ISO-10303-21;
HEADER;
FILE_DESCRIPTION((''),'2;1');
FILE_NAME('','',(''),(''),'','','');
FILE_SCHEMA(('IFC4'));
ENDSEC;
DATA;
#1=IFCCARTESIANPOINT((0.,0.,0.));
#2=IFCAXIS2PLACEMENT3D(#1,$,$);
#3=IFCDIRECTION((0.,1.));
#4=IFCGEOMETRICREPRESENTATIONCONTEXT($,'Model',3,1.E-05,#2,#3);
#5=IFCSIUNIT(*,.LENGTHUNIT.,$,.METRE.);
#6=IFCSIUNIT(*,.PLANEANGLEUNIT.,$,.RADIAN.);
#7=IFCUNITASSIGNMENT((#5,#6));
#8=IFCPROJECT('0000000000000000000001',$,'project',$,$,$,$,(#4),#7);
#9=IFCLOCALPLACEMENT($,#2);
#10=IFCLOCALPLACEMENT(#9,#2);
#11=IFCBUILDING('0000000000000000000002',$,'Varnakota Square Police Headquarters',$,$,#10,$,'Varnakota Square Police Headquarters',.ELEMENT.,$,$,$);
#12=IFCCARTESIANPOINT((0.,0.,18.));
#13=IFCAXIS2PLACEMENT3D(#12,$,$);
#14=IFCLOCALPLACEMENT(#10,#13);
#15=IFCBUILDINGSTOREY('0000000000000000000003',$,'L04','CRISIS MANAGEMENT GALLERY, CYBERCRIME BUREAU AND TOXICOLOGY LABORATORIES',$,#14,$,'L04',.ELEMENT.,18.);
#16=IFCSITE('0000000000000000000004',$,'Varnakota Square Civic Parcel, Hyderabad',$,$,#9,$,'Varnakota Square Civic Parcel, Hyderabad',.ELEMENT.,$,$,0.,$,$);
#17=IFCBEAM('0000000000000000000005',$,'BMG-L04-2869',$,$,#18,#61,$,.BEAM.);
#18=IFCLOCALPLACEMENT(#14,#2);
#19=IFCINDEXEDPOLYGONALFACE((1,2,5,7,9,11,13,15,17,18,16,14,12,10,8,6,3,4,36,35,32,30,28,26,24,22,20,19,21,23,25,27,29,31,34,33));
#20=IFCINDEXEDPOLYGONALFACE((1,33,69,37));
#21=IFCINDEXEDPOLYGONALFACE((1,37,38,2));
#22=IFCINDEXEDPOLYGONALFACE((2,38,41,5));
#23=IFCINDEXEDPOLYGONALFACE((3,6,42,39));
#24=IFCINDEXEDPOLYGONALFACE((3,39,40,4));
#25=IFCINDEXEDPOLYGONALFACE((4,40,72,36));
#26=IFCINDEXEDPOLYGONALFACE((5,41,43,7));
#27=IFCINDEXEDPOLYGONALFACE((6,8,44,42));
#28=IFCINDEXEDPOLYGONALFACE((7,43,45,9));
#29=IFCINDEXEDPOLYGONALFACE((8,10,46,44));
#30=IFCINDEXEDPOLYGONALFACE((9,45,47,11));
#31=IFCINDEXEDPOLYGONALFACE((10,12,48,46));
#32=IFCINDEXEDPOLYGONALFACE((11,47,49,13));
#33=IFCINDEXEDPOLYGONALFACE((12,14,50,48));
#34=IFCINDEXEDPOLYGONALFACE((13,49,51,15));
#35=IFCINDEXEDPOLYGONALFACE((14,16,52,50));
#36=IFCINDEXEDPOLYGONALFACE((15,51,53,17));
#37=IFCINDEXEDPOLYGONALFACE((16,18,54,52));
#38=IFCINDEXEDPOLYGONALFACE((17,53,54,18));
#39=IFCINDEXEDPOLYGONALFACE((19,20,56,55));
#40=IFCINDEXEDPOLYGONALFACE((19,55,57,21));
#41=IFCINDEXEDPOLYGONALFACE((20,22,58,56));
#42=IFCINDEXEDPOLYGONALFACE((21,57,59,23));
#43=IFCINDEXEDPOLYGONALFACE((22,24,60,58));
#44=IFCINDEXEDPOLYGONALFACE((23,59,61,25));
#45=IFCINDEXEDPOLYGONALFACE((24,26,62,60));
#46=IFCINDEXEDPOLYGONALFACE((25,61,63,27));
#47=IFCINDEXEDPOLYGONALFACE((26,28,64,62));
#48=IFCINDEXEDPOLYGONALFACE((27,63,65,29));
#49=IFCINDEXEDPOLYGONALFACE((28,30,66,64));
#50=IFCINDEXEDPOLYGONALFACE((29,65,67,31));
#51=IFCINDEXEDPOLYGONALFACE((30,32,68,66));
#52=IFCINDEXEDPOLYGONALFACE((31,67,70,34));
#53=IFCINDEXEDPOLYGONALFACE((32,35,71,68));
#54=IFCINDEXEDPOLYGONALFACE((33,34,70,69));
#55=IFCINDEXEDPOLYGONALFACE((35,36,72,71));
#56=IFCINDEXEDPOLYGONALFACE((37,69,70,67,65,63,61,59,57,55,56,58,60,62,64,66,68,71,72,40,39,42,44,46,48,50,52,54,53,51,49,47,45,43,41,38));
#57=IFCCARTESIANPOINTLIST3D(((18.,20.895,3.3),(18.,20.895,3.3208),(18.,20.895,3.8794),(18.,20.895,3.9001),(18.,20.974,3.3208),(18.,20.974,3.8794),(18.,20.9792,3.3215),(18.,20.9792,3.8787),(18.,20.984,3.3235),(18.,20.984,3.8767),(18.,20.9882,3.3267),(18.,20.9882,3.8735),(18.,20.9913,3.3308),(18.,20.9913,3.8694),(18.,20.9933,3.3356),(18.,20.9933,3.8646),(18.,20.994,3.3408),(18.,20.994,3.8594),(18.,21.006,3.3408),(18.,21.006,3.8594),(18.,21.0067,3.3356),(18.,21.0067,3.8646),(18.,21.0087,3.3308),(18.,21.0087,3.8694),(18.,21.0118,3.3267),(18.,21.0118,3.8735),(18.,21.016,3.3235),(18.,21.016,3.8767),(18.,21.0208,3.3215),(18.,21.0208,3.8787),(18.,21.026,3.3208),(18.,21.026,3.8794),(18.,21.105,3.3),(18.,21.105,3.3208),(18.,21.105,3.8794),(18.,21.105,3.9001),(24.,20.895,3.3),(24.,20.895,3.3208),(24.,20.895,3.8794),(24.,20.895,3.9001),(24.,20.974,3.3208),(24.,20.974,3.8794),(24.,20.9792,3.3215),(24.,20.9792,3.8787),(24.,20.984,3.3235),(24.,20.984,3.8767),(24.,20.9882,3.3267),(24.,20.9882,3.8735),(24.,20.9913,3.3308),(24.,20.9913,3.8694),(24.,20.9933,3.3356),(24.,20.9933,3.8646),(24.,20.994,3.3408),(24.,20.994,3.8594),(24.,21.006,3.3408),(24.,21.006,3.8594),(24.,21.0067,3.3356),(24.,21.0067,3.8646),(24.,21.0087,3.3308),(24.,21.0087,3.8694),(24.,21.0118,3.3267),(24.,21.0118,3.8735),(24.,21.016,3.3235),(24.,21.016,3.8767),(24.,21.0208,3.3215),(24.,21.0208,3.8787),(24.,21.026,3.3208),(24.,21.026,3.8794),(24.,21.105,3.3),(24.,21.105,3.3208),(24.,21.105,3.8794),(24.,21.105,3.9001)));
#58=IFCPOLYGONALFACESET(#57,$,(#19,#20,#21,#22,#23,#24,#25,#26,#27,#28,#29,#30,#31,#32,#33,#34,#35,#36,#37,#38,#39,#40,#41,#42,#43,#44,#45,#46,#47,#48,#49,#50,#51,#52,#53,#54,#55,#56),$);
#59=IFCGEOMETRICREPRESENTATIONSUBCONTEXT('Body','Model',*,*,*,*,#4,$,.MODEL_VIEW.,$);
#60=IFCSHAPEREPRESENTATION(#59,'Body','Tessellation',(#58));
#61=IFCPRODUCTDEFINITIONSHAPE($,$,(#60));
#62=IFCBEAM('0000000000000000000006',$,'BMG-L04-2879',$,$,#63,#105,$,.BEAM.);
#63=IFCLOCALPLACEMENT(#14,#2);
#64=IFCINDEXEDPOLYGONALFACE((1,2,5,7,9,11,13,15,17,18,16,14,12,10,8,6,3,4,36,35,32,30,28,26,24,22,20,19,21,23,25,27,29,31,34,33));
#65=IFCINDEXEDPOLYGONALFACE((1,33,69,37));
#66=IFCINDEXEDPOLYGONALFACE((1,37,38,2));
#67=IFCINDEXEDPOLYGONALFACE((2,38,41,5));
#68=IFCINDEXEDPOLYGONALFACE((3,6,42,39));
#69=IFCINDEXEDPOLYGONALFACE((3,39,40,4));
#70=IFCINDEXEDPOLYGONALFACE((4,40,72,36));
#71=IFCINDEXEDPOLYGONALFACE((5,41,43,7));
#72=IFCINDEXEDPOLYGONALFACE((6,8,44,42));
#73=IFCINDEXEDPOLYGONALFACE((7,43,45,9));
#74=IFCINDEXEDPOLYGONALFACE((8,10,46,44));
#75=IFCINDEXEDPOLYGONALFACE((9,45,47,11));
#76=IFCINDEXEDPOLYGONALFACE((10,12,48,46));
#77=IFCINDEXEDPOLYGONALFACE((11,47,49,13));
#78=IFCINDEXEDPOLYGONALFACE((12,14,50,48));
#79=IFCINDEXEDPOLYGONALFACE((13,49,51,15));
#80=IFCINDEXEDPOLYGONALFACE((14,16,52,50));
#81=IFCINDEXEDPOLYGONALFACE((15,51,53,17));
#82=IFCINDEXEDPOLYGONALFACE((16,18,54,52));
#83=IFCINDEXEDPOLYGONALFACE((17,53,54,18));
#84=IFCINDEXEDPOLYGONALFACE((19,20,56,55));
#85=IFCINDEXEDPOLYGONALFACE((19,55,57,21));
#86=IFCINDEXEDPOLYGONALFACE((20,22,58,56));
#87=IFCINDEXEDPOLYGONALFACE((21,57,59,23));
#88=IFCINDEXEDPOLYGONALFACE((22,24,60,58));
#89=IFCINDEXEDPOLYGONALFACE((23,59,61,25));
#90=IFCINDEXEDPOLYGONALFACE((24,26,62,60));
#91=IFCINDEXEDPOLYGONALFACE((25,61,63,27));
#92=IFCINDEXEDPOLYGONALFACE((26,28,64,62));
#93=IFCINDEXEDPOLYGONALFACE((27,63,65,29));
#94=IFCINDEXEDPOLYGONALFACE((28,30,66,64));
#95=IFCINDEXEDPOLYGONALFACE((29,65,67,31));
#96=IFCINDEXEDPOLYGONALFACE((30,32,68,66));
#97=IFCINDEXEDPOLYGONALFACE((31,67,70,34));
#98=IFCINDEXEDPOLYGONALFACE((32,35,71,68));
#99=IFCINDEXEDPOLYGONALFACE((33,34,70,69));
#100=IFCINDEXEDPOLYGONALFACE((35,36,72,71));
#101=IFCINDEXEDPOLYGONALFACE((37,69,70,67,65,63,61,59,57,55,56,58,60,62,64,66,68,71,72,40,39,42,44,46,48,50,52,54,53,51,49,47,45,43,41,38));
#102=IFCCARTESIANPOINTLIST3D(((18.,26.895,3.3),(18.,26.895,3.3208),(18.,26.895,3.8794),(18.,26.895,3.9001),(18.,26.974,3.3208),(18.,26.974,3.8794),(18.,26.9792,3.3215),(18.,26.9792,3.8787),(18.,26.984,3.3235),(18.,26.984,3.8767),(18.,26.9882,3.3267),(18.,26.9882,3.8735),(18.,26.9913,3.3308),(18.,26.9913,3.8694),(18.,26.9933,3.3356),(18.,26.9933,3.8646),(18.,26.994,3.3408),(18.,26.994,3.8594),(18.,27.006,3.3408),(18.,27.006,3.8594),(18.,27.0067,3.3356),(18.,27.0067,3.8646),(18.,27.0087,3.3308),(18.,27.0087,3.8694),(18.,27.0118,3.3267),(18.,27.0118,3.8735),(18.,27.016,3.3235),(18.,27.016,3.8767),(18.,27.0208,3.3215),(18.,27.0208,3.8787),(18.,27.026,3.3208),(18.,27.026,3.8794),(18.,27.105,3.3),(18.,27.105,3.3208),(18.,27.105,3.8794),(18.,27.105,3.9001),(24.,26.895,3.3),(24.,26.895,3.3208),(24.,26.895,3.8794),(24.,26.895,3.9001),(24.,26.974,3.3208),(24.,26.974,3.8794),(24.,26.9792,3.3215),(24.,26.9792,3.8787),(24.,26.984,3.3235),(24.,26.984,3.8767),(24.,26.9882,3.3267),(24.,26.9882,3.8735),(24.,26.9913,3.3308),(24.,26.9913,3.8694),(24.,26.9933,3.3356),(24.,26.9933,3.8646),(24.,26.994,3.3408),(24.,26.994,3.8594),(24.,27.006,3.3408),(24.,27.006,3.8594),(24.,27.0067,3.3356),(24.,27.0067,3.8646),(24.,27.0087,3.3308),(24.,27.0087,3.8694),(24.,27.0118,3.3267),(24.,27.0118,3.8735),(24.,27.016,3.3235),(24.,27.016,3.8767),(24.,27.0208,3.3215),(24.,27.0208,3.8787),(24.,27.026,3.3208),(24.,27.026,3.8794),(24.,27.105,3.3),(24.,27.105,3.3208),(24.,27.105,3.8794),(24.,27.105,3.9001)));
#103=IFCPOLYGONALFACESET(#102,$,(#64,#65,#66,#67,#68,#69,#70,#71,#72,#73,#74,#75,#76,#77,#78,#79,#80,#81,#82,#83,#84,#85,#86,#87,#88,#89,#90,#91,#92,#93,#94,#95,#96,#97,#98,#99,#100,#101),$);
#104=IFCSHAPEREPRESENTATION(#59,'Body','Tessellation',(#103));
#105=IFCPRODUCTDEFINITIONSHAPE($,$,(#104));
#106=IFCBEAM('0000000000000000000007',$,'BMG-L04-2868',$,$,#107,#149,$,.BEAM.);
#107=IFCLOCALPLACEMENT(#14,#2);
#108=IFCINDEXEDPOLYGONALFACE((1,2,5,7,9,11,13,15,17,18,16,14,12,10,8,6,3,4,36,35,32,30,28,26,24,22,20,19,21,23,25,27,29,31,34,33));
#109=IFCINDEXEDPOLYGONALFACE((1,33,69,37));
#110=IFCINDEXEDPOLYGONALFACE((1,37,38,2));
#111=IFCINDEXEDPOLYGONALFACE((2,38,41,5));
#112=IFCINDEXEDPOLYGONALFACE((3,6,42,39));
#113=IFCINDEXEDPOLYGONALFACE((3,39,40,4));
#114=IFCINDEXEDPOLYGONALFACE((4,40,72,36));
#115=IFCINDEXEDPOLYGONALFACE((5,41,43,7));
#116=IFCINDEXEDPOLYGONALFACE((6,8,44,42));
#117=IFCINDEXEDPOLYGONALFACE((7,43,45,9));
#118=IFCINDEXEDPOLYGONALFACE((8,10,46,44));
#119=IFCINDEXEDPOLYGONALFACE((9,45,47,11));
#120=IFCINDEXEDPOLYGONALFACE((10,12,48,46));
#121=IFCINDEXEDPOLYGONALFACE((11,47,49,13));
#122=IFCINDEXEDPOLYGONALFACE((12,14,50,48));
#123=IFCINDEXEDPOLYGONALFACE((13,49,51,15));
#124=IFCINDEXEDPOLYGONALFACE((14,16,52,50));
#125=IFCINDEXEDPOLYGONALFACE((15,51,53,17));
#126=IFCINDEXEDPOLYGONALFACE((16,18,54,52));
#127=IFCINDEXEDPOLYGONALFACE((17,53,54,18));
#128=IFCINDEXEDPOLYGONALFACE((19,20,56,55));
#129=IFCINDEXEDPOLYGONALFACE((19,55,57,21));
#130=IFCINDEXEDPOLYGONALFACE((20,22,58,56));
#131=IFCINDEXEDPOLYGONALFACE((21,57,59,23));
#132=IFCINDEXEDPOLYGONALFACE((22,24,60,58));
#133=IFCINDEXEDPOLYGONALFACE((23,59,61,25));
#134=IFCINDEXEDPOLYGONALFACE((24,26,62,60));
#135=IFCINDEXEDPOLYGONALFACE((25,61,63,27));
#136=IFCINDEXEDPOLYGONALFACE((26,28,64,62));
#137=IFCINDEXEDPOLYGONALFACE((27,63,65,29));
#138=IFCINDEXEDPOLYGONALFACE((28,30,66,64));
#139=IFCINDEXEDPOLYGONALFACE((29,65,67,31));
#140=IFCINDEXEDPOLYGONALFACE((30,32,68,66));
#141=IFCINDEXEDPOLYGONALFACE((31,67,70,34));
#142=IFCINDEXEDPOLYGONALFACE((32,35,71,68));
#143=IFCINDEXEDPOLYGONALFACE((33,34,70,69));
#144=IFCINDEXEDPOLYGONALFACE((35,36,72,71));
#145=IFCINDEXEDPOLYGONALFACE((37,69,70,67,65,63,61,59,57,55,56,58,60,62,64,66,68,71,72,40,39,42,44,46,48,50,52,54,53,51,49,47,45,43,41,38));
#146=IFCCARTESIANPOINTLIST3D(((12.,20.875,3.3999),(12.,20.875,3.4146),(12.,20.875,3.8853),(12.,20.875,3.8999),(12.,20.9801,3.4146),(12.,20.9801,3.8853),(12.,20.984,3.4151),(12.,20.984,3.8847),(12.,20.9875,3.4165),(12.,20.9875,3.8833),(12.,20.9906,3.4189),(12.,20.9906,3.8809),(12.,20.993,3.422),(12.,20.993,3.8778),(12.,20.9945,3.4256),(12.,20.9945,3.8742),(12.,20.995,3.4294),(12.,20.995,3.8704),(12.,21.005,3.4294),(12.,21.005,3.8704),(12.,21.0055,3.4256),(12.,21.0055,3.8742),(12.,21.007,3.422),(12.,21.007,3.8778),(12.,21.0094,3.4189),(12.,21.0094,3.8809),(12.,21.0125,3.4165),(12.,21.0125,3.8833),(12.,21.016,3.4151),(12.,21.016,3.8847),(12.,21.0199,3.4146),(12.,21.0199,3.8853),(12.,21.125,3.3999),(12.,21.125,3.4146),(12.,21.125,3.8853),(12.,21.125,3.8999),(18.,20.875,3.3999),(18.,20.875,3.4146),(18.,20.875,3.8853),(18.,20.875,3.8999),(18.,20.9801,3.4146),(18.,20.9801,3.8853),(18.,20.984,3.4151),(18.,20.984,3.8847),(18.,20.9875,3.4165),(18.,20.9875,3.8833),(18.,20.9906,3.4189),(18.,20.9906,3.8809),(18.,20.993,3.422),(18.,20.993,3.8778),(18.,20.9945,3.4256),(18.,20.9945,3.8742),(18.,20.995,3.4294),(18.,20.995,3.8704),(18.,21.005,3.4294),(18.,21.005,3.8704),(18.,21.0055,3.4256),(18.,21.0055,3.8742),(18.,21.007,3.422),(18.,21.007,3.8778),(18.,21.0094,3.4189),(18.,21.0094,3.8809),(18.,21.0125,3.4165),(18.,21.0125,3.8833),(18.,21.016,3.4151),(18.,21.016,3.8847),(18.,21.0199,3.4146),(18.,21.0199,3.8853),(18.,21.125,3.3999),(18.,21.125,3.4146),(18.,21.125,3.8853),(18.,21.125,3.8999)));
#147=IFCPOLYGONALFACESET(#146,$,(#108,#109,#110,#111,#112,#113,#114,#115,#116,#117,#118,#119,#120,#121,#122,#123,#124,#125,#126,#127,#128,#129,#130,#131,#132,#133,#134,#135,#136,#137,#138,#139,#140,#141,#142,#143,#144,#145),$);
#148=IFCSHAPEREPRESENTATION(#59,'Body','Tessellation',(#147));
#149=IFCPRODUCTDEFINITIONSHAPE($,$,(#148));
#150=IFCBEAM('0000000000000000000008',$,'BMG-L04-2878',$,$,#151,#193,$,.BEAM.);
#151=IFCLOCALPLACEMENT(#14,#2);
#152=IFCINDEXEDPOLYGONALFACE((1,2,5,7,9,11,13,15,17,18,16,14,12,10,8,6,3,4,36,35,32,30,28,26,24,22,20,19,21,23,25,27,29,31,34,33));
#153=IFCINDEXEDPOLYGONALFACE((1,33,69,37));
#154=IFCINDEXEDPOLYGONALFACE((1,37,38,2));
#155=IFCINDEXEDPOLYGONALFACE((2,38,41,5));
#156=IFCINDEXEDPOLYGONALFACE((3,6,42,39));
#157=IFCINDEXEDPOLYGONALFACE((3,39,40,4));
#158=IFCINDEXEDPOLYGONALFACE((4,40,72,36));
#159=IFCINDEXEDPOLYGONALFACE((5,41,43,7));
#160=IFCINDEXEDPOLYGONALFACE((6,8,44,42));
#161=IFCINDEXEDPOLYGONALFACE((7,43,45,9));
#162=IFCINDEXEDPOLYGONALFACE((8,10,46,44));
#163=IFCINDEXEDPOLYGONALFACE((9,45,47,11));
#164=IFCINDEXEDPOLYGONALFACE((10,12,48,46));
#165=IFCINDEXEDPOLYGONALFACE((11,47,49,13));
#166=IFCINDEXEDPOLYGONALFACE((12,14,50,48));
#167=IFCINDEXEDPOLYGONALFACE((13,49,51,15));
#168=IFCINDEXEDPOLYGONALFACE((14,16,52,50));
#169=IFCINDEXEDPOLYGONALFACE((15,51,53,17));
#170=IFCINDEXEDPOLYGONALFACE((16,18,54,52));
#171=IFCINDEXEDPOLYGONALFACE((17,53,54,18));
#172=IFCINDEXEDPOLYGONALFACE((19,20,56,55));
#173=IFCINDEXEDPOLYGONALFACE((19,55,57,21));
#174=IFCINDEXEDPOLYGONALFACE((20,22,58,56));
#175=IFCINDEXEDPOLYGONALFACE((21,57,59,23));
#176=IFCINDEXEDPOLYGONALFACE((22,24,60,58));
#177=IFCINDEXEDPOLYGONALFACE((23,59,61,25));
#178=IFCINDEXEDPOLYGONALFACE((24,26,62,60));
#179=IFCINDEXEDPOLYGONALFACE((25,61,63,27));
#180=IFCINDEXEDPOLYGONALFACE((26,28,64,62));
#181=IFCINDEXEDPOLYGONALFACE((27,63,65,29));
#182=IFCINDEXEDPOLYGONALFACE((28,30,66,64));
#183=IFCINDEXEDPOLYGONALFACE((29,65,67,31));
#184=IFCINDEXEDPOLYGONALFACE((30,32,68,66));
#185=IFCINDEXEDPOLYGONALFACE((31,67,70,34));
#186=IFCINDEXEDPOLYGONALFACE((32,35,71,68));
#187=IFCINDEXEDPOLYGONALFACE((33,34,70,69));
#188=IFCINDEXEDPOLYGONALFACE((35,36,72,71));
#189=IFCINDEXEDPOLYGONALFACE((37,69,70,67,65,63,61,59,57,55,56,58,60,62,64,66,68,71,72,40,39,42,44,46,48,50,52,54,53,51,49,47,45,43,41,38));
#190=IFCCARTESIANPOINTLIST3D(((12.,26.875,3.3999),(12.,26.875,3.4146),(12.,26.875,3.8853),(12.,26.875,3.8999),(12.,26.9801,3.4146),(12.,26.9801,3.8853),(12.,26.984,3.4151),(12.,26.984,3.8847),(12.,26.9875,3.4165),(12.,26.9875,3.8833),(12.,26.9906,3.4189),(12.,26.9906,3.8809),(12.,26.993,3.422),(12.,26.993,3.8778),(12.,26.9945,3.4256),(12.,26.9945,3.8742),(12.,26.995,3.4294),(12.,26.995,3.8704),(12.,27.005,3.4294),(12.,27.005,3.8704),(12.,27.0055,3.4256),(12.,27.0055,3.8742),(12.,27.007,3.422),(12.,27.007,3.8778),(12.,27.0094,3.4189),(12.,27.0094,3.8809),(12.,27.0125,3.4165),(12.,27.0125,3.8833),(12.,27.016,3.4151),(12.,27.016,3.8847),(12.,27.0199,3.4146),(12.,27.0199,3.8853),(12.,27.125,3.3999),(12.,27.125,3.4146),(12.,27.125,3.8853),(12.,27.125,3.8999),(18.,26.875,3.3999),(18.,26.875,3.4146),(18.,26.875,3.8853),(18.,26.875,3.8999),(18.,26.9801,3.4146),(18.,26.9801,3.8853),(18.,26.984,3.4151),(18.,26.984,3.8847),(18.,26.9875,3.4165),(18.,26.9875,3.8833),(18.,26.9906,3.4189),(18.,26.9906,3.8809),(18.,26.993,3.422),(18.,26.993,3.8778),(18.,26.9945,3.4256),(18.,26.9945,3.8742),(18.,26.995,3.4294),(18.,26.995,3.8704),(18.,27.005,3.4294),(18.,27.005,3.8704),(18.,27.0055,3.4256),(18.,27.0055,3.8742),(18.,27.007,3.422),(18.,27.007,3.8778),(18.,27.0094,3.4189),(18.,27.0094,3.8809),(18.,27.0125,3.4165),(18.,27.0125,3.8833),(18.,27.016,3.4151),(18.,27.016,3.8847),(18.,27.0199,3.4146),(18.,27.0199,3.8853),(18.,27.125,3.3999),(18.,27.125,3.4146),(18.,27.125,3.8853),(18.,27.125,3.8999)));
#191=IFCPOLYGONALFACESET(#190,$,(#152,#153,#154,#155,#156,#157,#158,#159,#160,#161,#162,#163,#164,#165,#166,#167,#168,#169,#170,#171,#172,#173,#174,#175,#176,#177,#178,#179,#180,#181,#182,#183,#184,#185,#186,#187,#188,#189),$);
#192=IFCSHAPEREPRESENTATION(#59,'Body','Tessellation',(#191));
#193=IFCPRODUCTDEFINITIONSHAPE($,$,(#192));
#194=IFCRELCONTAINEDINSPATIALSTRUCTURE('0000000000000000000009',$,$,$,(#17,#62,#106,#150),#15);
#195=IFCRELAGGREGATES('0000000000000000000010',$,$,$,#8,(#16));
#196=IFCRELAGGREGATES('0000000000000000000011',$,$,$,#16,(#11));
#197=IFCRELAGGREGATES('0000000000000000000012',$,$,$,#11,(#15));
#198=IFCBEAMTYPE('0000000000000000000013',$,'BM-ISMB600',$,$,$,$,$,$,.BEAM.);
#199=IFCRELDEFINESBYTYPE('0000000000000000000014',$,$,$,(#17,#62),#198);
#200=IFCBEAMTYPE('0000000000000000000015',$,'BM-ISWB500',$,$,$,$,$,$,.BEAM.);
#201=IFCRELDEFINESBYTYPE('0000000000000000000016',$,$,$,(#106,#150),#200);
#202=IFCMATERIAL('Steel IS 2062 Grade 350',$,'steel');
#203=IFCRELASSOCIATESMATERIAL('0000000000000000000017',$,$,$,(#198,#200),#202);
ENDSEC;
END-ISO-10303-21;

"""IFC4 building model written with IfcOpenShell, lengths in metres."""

from ifc_helpers import new_model, si_unit, direction, frame, origin, origin_2d, place, context, subcontext, project, spatial, i_section, extrude, material, material_profile, profile_set, type_object, element, save


model = new_model("IFC4")

# Units and contexts
model_context = context("Model", 3, precision=1e-05, world=origin(), true_north=direction((0.0, 1.0)))
body_context = subcontext(model_context, "Body", "Model", "MODEL_VIEW")
ifc_project = project(units=[si_unit("LENGTHUNIT", "METRE"), si_unit("PLANEANGLEUNIT", "RADIAN")], contexts=[model_context])

# Site, building, storey
site_placement = place(None, origin())
site = spatial("IfcSite", under=ifc_project, at=site_placement, Name="Varnakota Square Civic Parcel, Hyderabad", LongName="Varnakota Square Civic Parcel, Hyderabad", CompositionType="ELEMENT", RefElevation=0.0)
building_placement = place(site_placement, origin())
building = spatial("IfcBuilding", under=site, at=building_placement, Name="Varnakota Square Police Headquarters", LongName="Varnakota Square Police Headquarters", CompositionType="ELEMENT")
storey_placement = place(building_placement, frame((0.0, 0.0, 18.0)))
storey = spatial("IfcBuildingStorey", under=building, at=storey_placement, Name="L04", Description="CRISIS MANAGEMENT GALLERY, CYBERCRIME BUREAU AND TOXICOLOGY LABORATORIES", LongName="L04", CompositionType="ELEMENT", Elevation=18.0)

# Shared definitions
ifc_material_1 = material(Name="Steel IS 2062 Grade 350", Category="steel")

# Beams
ifc_material_profile_1 = material_profile(ifc_material_1, i_section(OverallWidth=0.21, OverallDepth=0.6001, WebThickness=0.012, FlangeThickness=0.0208, FilletRadius=0.02, at=origin_2d()), Name="ISMB 600")
ifc_profile_set_1 = profile_set([ifc_material_profile_1], Name="Steel IS 2062 Grade 350")
beam_type_1 = type_object("IfcBeamType", Name="BM-ISMB600", PredefinedType="BEAM", material=ifc_profile_set_1)
for number, where, z_axis, x_axis, name in (
    (1, (18.0, 21.0, 3.6001), (1.0, 0.0, 0.0), (0.0, 1.0, 0.0), "BMG-L04-2869"),
    (2, (18.0, 27.0, 3.6001), (1.0, 0.0, 0.0), (0.0, 1.0, 0.0), "BMG-L04-2879"),
):
    element("IfcBeam", number, at=place(storey_placement, frame(where, z_axis=z_axis, x_axis=x_axis)), inside=storey, type_object=beam_type_1, Name=name, PredefinedType="BEAM", context=body_context, shape_type="SweptSolid", body=[
        extrude(i_section(OverallWidth=0.21, OverallDepth=0.6001, WebThickness=0.012, FlangeThickness=0.0208, FilletRadius=0.02, at=origin_2d()), origin(), (0.0, 0.0, 1.0), 6.0),
    ])
ifc_material_profile_2 = material_profile(ifc_material_1, i_section(OverallWidth=0.25, OverallDepth=0.5, WebThickness=0.01, FlangeThickness=0.0146, FilletRadius=0.0149, at=origin_2d()), Name="ISWB 500")
ifc_profile_set_2 = profile_set([ifc_material_profile_2], Name="Steel IS 2062 Grade 350")
beam_type_2 = type_object("IfcBeamType", Name="BM-ISWB500", PredefinedType="BEAM", material=ifc_profile_set_2)
for number, where, z_axis, x_axis, name in (
    (3, (12.0, 21.0, 3.6499), (1.0, 0.0, 0.0), (0.0, 1.0, 0.0), "BMG-L04-2868"),
    (4, (12.0, 27.0, 3.6499), (1.0, 0.0, 0.0), (0.0, 1.0, 0.0), "BMG-L04-2878"),
):
    element("IfcBeam", number, at=place(storey_placement, frame(where, z_axis=z_axis, x_axis=x_axis)), inside=storey, type_object=beam_type_2, Name=name, PredefinedType="BEAM", context=body_context, shape_type="SweptSolid", body=[
        extrude(i_section(OverallWidth=0.25, OverallDepth=0.5, WebThickness=0.01, FlangeThickness=0.0146, FilletRadius=0.0149, at=origin_2d()), origin(), (0.0, 0.0, 1.0), 6.0),
    ])

save(model, "model.ifc")
